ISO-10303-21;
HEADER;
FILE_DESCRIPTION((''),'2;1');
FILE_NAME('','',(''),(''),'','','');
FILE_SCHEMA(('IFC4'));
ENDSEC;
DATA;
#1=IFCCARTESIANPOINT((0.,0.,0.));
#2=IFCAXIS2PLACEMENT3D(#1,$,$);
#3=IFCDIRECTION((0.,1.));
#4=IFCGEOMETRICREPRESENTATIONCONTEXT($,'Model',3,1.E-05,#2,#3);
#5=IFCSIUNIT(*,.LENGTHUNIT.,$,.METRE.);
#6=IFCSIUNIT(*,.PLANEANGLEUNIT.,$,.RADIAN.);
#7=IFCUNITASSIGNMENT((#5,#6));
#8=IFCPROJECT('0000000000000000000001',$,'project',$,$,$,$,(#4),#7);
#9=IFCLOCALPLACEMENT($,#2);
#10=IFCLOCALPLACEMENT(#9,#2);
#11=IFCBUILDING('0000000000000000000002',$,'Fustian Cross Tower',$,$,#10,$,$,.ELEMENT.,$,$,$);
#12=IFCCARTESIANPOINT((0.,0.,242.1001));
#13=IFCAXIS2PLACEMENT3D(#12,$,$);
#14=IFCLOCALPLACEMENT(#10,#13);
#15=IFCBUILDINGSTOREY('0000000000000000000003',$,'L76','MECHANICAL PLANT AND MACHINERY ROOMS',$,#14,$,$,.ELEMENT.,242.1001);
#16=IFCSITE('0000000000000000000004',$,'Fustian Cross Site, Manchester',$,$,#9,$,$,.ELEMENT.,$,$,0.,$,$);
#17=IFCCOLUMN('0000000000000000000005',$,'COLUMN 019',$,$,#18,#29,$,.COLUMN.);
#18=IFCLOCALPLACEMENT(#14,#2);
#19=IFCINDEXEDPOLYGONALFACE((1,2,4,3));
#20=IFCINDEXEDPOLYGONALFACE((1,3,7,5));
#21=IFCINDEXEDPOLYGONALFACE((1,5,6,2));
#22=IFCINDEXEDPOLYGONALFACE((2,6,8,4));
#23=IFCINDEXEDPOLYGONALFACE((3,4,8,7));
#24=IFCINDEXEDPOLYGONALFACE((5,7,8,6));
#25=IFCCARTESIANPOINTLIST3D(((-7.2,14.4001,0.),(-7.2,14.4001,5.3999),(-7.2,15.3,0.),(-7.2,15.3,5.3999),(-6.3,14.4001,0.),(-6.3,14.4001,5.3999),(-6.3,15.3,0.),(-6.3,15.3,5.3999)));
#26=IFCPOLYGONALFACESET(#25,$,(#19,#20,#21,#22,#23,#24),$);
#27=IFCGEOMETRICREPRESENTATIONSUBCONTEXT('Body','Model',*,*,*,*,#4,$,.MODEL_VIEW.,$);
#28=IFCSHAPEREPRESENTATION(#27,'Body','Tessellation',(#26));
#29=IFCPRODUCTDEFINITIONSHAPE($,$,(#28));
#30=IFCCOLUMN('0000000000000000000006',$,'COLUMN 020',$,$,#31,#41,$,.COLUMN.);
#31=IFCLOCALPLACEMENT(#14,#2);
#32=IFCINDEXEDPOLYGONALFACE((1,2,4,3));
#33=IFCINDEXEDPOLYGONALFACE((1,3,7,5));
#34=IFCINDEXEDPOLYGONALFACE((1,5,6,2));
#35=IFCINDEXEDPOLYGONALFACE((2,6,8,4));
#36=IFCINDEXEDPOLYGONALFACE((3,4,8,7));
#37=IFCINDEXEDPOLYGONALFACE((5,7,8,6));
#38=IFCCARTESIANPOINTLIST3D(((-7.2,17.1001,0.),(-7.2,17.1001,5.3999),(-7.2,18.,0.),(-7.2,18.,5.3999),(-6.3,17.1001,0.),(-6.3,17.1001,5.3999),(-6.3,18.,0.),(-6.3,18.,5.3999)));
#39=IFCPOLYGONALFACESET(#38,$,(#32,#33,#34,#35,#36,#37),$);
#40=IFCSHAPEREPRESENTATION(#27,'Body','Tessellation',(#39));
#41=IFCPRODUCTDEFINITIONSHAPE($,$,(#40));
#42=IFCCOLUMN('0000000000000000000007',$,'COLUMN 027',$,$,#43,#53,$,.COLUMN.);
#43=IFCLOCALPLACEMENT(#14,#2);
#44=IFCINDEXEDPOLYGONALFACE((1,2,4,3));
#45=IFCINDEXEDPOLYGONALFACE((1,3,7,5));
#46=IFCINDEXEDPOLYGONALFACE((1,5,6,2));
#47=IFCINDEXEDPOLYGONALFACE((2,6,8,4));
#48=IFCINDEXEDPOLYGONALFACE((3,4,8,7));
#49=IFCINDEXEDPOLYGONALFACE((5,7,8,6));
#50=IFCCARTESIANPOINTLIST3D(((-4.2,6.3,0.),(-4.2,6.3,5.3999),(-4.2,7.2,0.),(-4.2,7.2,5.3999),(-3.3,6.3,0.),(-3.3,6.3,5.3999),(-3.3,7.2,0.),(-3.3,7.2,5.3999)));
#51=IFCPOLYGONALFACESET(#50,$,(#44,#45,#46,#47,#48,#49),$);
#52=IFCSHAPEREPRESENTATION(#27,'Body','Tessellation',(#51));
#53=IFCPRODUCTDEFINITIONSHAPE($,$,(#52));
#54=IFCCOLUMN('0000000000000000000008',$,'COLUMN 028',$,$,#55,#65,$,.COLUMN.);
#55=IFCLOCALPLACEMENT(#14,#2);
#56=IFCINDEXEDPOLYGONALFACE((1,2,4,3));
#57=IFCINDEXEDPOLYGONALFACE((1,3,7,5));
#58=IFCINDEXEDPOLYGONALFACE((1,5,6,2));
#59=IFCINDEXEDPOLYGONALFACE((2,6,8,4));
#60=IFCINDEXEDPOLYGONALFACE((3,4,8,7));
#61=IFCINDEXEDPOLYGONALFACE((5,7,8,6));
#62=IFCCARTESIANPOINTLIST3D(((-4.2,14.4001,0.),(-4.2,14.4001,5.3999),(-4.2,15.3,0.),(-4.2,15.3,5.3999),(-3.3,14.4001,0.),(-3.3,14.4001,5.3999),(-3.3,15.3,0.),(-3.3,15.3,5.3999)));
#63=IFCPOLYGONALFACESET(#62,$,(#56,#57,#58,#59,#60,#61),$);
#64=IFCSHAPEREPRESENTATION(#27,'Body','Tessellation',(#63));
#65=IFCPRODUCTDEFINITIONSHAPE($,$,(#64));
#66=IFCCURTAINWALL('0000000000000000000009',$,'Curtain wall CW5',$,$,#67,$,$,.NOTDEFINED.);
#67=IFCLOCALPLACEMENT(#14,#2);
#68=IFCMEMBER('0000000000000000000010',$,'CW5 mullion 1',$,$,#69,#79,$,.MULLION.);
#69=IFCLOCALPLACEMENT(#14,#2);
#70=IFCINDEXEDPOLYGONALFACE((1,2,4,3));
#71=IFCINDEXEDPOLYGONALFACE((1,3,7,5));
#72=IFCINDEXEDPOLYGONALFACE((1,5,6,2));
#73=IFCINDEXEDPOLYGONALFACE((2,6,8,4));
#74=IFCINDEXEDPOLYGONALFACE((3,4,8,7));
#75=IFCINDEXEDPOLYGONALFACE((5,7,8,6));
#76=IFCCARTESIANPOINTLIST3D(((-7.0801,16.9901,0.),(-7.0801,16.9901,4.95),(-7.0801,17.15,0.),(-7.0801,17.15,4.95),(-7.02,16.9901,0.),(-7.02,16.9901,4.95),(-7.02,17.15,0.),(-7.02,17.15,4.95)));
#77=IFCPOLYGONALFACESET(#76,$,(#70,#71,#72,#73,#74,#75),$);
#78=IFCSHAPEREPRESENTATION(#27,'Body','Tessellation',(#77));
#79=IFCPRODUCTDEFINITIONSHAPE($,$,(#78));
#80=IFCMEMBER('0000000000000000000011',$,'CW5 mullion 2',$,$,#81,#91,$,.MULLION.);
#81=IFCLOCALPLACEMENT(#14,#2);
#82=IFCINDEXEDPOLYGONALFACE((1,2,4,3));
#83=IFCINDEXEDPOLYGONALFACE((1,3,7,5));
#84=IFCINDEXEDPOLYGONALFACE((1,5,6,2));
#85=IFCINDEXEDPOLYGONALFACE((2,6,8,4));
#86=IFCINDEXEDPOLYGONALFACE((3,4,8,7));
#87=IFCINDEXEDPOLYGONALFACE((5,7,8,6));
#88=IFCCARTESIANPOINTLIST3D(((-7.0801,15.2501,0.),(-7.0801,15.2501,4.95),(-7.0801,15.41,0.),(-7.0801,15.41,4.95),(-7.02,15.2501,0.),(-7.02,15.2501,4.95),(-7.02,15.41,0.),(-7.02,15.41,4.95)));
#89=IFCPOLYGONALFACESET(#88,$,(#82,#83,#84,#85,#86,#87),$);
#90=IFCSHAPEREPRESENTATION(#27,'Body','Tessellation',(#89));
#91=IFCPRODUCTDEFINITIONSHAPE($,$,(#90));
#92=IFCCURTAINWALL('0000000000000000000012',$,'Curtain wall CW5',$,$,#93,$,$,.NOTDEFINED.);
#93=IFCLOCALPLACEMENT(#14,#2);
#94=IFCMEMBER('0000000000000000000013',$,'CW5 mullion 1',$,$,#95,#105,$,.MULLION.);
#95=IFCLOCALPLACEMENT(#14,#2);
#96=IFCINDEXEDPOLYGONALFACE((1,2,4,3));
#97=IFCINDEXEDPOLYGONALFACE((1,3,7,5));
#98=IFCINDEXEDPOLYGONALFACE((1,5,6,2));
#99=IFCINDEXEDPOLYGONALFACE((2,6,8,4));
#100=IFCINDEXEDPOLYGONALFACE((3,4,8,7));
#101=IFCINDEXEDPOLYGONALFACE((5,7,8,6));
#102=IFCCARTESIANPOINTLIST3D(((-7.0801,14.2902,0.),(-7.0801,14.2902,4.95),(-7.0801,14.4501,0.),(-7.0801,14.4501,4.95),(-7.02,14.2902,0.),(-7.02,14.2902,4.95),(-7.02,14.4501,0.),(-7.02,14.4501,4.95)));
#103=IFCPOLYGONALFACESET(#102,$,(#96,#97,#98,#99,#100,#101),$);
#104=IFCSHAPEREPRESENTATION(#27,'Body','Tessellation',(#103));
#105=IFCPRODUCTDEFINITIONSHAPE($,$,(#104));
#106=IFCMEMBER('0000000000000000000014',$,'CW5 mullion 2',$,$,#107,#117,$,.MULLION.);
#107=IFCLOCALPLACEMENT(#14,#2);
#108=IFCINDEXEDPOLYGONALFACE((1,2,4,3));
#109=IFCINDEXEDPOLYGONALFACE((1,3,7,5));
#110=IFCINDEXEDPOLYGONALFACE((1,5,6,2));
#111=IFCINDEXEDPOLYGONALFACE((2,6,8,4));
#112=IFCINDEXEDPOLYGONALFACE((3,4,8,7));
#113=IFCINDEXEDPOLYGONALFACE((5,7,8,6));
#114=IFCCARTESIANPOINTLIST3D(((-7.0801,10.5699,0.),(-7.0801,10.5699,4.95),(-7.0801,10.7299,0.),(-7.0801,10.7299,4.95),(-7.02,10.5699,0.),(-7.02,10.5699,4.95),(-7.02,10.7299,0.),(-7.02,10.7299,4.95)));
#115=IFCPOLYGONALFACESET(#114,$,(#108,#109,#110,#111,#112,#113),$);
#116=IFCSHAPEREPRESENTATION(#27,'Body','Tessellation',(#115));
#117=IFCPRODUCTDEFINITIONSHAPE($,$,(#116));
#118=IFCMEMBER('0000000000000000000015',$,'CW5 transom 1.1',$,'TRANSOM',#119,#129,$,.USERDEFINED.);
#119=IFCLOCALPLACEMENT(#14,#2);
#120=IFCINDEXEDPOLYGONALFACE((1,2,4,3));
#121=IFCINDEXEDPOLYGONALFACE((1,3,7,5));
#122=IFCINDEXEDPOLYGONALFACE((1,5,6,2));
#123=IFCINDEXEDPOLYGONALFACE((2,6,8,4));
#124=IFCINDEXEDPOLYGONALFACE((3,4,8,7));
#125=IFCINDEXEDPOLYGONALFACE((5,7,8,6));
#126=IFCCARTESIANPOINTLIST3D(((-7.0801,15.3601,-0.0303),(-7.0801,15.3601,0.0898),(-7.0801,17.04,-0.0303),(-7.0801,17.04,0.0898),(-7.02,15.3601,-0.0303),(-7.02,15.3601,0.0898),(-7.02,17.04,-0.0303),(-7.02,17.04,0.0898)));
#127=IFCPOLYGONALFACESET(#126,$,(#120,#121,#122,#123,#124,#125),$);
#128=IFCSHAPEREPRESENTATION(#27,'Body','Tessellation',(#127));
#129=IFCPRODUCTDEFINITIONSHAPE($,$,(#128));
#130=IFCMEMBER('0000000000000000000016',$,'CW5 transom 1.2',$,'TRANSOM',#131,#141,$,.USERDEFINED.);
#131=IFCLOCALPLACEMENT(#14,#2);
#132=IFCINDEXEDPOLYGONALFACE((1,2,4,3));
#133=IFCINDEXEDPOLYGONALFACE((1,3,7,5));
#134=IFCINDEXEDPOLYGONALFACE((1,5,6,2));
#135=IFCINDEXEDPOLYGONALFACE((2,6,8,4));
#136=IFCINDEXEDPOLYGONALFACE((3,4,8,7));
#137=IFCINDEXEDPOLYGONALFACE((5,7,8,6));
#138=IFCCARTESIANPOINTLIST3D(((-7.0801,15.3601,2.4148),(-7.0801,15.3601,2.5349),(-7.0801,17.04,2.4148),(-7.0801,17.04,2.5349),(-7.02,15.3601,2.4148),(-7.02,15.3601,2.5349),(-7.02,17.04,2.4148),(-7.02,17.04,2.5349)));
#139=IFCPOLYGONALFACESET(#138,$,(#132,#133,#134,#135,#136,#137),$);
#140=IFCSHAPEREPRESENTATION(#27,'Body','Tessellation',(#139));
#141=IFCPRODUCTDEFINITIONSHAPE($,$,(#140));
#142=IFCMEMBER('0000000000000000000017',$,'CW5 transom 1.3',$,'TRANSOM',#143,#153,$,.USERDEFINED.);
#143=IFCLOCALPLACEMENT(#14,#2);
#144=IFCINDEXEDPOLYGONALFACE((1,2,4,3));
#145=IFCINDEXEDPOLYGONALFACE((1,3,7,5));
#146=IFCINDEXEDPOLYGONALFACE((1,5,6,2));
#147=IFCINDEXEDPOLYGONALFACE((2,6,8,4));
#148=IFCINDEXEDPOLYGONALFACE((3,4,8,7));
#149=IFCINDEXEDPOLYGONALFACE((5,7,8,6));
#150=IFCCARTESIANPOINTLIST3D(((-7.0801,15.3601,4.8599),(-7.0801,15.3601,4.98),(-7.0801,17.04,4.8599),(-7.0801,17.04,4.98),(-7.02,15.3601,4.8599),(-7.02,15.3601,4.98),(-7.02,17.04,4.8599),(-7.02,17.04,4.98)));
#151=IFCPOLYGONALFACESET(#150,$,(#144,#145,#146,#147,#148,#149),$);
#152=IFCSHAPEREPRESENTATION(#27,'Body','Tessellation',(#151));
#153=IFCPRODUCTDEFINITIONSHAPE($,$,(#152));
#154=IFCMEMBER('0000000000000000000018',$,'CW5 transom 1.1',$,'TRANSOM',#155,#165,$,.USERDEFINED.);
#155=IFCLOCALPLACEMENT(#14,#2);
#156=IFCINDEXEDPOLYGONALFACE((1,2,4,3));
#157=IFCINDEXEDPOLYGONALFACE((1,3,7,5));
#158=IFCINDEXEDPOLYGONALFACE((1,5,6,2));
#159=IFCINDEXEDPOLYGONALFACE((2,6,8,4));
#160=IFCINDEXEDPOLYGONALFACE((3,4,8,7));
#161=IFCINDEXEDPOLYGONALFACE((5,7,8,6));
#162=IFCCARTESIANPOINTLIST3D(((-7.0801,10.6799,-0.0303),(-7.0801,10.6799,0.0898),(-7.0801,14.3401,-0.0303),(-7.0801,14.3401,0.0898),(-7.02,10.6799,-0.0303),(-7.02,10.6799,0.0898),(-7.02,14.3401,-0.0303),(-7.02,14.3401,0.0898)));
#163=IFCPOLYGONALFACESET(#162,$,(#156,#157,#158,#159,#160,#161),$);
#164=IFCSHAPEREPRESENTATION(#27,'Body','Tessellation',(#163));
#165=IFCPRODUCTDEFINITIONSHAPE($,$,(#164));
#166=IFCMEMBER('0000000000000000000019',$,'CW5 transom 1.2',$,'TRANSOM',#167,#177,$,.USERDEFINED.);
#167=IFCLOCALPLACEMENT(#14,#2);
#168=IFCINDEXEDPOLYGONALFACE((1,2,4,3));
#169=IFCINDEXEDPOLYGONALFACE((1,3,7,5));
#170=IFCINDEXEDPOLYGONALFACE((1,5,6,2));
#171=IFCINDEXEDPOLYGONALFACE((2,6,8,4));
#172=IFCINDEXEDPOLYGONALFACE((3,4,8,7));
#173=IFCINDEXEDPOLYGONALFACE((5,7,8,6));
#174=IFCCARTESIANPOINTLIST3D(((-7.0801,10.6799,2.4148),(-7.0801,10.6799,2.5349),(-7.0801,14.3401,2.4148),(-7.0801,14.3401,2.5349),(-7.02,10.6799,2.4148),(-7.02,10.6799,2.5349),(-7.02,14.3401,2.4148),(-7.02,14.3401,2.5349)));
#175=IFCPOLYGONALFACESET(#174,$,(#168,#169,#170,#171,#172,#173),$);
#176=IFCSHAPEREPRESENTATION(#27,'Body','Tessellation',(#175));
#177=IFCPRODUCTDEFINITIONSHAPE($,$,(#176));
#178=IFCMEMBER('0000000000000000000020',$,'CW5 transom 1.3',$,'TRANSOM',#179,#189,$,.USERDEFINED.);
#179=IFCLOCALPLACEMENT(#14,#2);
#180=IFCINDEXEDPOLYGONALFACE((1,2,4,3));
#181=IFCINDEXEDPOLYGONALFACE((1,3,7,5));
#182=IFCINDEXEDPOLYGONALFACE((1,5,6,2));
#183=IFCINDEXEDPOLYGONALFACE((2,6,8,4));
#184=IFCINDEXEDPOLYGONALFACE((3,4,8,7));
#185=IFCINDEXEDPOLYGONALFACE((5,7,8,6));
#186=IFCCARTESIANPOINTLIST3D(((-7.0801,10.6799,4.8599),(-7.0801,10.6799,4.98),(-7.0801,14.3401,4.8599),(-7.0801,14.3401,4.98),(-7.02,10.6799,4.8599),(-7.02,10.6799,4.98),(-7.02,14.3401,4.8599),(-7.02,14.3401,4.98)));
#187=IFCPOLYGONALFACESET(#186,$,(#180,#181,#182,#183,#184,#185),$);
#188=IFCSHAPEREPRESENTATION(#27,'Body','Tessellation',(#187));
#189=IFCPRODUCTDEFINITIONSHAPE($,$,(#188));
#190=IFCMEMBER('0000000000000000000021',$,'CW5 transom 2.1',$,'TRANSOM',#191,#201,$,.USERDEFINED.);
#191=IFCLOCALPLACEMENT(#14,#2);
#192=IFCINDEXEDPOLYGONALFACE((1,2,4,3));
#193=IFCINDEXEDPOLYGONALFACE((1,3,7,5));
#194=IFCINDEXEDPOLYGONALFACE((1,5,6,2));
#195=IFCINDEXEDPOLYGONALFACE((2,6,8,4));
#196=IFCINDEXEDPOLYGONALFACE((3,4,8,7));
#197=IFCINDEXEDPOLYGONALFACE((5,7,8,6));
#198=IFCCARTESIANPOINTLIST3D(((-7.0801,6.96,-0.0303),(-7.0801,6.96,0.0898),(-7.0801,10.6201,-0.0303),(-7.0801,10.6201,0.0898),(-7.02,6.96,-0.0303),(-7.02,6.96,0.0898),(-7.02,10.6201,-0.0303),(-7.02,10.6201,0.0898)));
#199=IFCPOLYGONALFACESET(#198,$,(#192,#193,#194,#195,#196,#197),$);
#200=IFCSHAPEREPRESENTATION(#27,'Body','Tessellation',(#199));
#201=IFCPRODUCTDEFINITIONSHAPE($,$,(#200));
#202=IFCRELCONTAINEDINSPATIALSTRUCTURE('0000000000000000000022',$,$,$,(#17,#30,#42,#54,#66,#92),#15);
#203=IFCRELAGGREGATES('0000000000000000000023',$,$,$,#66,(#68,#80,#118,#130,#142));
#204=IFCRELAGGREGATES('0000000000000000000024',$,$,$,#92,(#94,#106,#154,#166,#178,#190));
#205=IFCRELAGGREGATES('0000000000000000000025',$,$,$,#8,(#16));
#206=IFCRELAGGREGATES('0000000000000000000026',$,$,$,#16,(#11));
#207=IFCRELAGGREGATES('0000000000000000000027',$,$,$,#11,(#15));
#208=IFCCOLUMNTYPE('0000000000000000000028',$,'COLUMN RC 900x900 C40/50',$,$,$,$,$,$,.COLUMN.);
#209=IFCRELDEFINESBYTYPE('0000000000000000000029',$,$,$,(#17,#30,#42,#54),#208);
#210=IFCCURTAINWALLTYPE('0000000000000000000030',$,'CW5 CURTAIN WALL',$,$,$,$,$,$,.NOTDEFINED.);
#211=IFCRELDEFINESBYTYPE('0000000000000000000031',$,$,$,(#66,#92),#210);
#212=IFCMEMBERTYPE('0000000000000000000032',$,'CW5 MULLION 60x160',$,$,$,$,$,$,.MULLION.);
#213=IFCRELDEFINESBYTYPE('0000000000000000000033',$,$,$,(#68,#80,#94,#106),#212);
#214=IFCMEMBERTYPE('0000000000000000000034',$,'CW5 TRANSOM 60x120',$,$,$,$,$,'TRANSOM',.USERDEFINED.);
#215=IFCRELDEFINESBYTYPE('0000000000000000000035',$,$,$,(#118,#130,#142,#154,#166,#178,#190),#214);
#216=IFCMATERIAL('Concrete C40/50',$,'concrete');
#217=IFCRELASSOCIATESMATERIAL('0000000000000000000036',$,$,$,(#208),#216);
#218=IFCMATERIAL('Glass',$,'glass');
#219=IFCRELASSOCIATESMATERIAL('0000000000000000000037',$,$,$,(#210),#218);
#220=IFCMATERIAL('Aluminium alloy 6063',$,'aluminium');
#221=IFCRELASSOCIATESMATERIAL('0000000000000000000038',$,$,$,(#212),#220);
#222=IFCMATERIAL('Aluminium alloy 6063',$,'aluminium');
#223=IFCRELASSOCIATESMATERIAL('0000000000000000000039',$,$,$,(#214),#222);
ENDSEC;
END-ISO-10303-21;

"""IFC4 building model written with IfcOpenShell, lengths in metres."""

from ifc_helpers import new_model, si_unit, direction, frame, origin, origin_2d, place, context, subcontext, project, spatial, rectangle, extrude, material, material_profile, profile_set, type_object, element, aggregate, save


model = new_model("IFC4")

# Units and contexts
model_context = context("Model", 3, precision=1e-05, world=origin(), true_north=direction((0.0, 1.0)))
body_context = subcontext(model_context, "Body", "Model", "MODEL_VIEW")
ifc_project = project(units=[si_unit("LENGTHUNIT", "METRE"), si_unit("PLANEANGLEUNIT", "RADIAN")], contexts=[model_context])

# Site, building, storey
site_placement = place(None, origin())
site = spatial("IfcSite", under=ifc_project, at=site_placement, Name="Fustian Cross Site, Manchester", CompositionType="ELEMENT", RefElevation=0.0)
building_placement = place(site_placement, origin())
building = spatial("IfcBuilding", under=site, at=building_placement, Name="Fustian Cross Tower", CompositionType="ELEMENT")
storey_placement = place(building_placement, frame((0.0, 0.0, 242.1001)))
storey = spatial("IfcBuildingStorey", under=building, at=storey_placement, Name="L76", Description="MECHANICAL PLANT AND MACHINERY ROOMS", CompositionType="ELEMENT", Elevation=242.1001)

# Columns
ifc_material_1 = material(Name="Concrete C40/50", Category="concrete")
ifc_material_profile_1 = material_profile(ifc_material_1, rectangle(XDim=0.8999, YDim=0.8999, at=origin_2d()), Name="RC 900x900")
ifc_profile_set_1 = profile_set([ifc_material_profile_1], Name="Concrete C40/50")
column_type = type_object("IfcColumnType", Name="COLUMN RC 900x900 C40/50", PredefinedType="COLUMN", material=ifc_profile_set_1)
for number, where, z_axis, x_axis, name in (
    (1, (-6.75, 14.8501, 0.0), (0.0, 0.0, 1.0), (1.0, 0.0, 0.0), "COLUMN 019"),
    (2, (-6.75, 17.55, 0.0), (0.0, 0.0, 1.0), (1.0, 0.0, 0.0), "COLUMN 020"),
    (3, (-3.75, 6.75, 0.0), (0.0, 0.0, 1.0), (1.0, 0.0, 0.0), "COLUMN 027"),
    (4, (-3.75, 14.8501, 0.0), (0.0, 0.0, 1.0), (1.0, 0.0, 0.0), "COLUMN 028"),
):
    element("IfcColumn", number, at=place(storey_placement, frame(where, z_axis=z_axis, x_axis=x_axis)), inside=storey, type_object=column_type, Name=name, PredefinedType="COLUMN", context=body_context, shape_type="SweptSolid", body=[
        extrude(rectangle(XDim=0.8999, YDim=0.8999, at=origin_2d()), origin(), (0.0, 0.0, 1.0), 5.3999),
    ])

# Curtain walls, members
ifc_material_2 = material(Name="Glass", Category="glass")
curtain_wall_type = type_object("IfcCurtainWallType", Name="CW5 CURTAIN WALL", PredefinedType="NOTDEFINED", material=ifc_material_2)
curtain_wall_1_placement = place(storey_placement, origin())
curtain_wall_1 = element("IfcCurtainWall", 5, at=curtain_wall_1_placement, inside=storey, type_object=curtain_wall_type, Name="Curtain wall CW5", PredefinedType="NOTDEFINED")
ifc_material_3 = material(Name="Aluminium alloy 6063", Category="aluminium")
ifc_material_profile_2 = material_profile(ifc_material_3, rectangle(XDim=0.0601, YDim=0.1599, at=origin_2d()), Name="CW5 MULLION 60x160")
ifc_profile_set_2 = profile_set([ifc_material_profile_2], Name="Aluminium alloy 6063")
member_type_1 = type_object("IfcMemberType", Name="CW5 MULLION 60x160", PredefinedType="MULLION", material=ifc_profile_set_2)
member_1_placement = place(storey_placement, frame((-7.05, 17.0701, 0.0), z_axis=(0.0, 0.0, 1.0), x_axis=(1.0, 0.0, 0.0)))
member_1 = element("IfcMember", 6, at=member_1_placement, type_object=member_type_1, Name="CW5 mullion 1", PredefinedType="MULLION", context=body_context, shape_type="SweptSolid", body=[
    extrude(rectangle(XDim=0.0601, YDim=0.1599, at=origin_2d()), origin(), (0.0, 0.0, 1.0), 4.95),
])
member_2_placement = place(storey_placement, frame((-7.05, 15.3301, 0.0), z_axis=(0.0, 0.0, 1.0), x_axis=(1.0, 0.0, 0.0)))
member_2 = element("IfcMember", 7, at=member_2_placement, type_object=member_type_1, Name="CW5 mullion 2", PredefinedType="MULLION", context=body_context, shape_type="SweptSolid", body=[
    extrude(rectangle(XDim=0.0601, YDim=0.1599, at=origin_2d()), origin(), (0.0, 0.0, 1.0), 4.95),
])
curtain_wall_2_placement = place(storey_placement, origin())
curtain_wall_2 = element("IfcCurtainWall", 8, at=curtain_wall_2_placement, inside=storey, type_object=curtain_wall_type, Name="Curtain wall CW5", PredefinedType="NOTDEFINED")
member_3_placement = place(storey_placement, frame((-7.05, 14.3701, 0.0), z_axis=(0.0, 0.0, 1.0), x_axis=(1.0, 0.0, 0.0)))
member_3 = element("IfcMember", 9, at=member_3_placement, type_object=member_type_1, Name="CW5 mullion 1", PredefinedType="MULLION", context=body_context, shape_type="SweptSolid", body=[
    extrude(rectangle(XDim=0.0601, YDim=0.1599, at=origin_2d()), origin(), (0.0, 0.0, 1.0), 4.95),
])
member_4_placement = place(storey_placement, frame((-7.05, 10.6499, 0.0), z_axis=(0.0, 0.0, 1.0), x_axis=(1.0, 0.0, 0.0)))
member_4 = element("IfcMember", 10, at=member_4_placement, type_object=member_type_1, Name="CW5 mullion 2", PredefinedType="MULLION", context=body_context, shape_type="SweptSolid", body=[
    extrude(rectangle(XDim=0.0601, YDim=0.1599, at=origin_2d()), origin(), (0.0, 0.0, 1.0), 4.95),
])

# Members
ifc_material_4 = material(Name="Aluminium alloy 6063", Category="aluminium")
ifc_material_profile_3 = material_profile(ifc_material_4, rectangle(XDim=0.0601, YDim=0.1201, at=origin_2d()), Name="CW5 TRANSOM 60x120")
ifc_profile_set_3 = profile_set([ifc_material_profile_3], Name="Aluminium alloy 6063")
member_type_2 = type_object("IfcMemberType", Name="CW5 TRANSOM 60x120", ElementType="TRANSOM", PredefinedType="USERDEFINED", material=ifc_profile_set_3)
member_5_placement = place(storey_placement, frame((-7.05, 17.04, 0.0298), z_axis=(0.0, -1.0, 0.0), x_axis=(1.0, 0.0, 0.0)))
member_5 = element("IfcMember", 11, at=member_5_placement, type_object=member_type_2, Name="CW5 transom 1.1", ObjectType="TRANSOM", PredefinedType="USERDEFINED", context=body_context, shape_type="SweptSolid", body=[
    extrude(rectangle(XDim=0.0601, YDim=0.1201, at=origin_2d()), origin(), (0.0, 0.0, 1.0), 1.6799),
])
member_6_placement = place(storey_placement, frame((-7.05, 17.04, 2.4749), z_axis=(0.0, -1.0, 0.0), x_axis=(1.0, 0.0, 0.0)))
member_6 = element("IfcMember", 12, at=member_6_placement, type_object=member_type_2, Name="CW5 transom 1.2", ObjectType="TRANSOM", PredefinedType="USERDEFINED", context=body_context, shape_type="SweptSolid", body=[
    extrude(rectangle(XDim=0.0601, YDim=0.1201, at=origin_2d()), origin(), (0.0, 0.0, 1.0), 1.6799),
])
member_7_placement = place(storey_placement, frame((-7.05, 17.04, 4.9199), z_axis=(0.0, -1.0, 0.0), x_axis=(1.0, 0.0, 0.0)))
member_7 = element("IfcMember", 13, at=member_7_placement, type_object=member_type_2, Name="CW5 transom 1.3", ObjectType="TRANSOM", PredefinedType="USERDEFINED", context=body_context, shape_type="SweptSolid", body=[
    extrude(rectangle(XDim=0.0601, YDim=0.1201, at=origin_2d()), origin(), (0.0, 0.0, 1.0), 1.6799),
])
member_8_placement = place(storey_placement, frame((-7.05, 14.3401, 0.0298), z_axis=(0.0, -1.0, 0.0), x_axis=(1.0, 0.0, 0.0)))
member_8 = element("IfcMember", 14, at=member_8_placement, type_object=member_type_2, Name="CW5 transom 1.1", ObjectType="TRANSOM", PredefinedType="USERDEFINED", context=body_context, shape_type="SweptSolid", body=[
    extrude(rectangle(XDim=0.0601, YDim=0.1201, at=origin_2d()), origin(), (0.0, 0.0, 1.0), 3.6602),
])
member_9_placement = place(storey_placement, frame((-7.05, 14.3401, 2.4749), z_axis=(0.0, -1.0, 0.0), x_axis=(1.0, 0.0, 0.0)))
member_9 = element("IfcMember", 15, at=member_9_placement, type_object=member_type_2, Name="CW5 transom 1.2", ObjectType="TRANSOM", PredefinedType="USERDEFINED", context=body_context, shape_type="SweptSolid", body=[
    extrude(rectangle(XDim=0.0601, YDim=0.1201, at=origin_2d()), origin(), (0.0, 0.0, 1.0), 3.6602),
])
member_10_placement = place(storey_placement, frame((-7.05, 14.3401, 4.9199), z_axis=(0.0, -1.0, 0.0), x_axis=(1.0, 0.0, 0.0)))
member_10 = element("IfcMember", 16, at=member_10_placement, type_object=member_type_2, Name="CW5 transom 1.3", ObjectType="TRANSOM", PredefinedType="USERDEFINED", context=body_context, shape_type="SweptSolid", body=[
    extrude(rectangle(XDim=0.0601, YDim=0.1201, at=origin_2d()), origin(), (0.0, 0.0, 1.0), 3.6602),
])
member_11_placement = place(storey_placement, frame((-7.05, 10.6201, 0.0298), z_axis=(0.0, -1.0, 0.0), x_axis=(1.0, 0.0, 0.0)))
member_11 = element("IfcMember", 17, at=member_11_placement, type_object=member_type_2, Name="CW5 transom 2.1", ObjectType="TRANSOM", PredefinedType="USERDEFINED", context=body_context, shape_type="SweptSolid", body=[
    extrude(rectangle(XDim=0.0601, YDim=0.1201, at=origin_2d()), origin(), (0.0, 0.0, 1.0), 3.6602),
])

aggregate(curtain_wall_1, [member_1, member_2, member_5, member_6, member_7])
aggregate(curtain_wall_2, [member_3, member_4, member_8, member_9, member_10, member_11])

save(model, "model.ifc")
